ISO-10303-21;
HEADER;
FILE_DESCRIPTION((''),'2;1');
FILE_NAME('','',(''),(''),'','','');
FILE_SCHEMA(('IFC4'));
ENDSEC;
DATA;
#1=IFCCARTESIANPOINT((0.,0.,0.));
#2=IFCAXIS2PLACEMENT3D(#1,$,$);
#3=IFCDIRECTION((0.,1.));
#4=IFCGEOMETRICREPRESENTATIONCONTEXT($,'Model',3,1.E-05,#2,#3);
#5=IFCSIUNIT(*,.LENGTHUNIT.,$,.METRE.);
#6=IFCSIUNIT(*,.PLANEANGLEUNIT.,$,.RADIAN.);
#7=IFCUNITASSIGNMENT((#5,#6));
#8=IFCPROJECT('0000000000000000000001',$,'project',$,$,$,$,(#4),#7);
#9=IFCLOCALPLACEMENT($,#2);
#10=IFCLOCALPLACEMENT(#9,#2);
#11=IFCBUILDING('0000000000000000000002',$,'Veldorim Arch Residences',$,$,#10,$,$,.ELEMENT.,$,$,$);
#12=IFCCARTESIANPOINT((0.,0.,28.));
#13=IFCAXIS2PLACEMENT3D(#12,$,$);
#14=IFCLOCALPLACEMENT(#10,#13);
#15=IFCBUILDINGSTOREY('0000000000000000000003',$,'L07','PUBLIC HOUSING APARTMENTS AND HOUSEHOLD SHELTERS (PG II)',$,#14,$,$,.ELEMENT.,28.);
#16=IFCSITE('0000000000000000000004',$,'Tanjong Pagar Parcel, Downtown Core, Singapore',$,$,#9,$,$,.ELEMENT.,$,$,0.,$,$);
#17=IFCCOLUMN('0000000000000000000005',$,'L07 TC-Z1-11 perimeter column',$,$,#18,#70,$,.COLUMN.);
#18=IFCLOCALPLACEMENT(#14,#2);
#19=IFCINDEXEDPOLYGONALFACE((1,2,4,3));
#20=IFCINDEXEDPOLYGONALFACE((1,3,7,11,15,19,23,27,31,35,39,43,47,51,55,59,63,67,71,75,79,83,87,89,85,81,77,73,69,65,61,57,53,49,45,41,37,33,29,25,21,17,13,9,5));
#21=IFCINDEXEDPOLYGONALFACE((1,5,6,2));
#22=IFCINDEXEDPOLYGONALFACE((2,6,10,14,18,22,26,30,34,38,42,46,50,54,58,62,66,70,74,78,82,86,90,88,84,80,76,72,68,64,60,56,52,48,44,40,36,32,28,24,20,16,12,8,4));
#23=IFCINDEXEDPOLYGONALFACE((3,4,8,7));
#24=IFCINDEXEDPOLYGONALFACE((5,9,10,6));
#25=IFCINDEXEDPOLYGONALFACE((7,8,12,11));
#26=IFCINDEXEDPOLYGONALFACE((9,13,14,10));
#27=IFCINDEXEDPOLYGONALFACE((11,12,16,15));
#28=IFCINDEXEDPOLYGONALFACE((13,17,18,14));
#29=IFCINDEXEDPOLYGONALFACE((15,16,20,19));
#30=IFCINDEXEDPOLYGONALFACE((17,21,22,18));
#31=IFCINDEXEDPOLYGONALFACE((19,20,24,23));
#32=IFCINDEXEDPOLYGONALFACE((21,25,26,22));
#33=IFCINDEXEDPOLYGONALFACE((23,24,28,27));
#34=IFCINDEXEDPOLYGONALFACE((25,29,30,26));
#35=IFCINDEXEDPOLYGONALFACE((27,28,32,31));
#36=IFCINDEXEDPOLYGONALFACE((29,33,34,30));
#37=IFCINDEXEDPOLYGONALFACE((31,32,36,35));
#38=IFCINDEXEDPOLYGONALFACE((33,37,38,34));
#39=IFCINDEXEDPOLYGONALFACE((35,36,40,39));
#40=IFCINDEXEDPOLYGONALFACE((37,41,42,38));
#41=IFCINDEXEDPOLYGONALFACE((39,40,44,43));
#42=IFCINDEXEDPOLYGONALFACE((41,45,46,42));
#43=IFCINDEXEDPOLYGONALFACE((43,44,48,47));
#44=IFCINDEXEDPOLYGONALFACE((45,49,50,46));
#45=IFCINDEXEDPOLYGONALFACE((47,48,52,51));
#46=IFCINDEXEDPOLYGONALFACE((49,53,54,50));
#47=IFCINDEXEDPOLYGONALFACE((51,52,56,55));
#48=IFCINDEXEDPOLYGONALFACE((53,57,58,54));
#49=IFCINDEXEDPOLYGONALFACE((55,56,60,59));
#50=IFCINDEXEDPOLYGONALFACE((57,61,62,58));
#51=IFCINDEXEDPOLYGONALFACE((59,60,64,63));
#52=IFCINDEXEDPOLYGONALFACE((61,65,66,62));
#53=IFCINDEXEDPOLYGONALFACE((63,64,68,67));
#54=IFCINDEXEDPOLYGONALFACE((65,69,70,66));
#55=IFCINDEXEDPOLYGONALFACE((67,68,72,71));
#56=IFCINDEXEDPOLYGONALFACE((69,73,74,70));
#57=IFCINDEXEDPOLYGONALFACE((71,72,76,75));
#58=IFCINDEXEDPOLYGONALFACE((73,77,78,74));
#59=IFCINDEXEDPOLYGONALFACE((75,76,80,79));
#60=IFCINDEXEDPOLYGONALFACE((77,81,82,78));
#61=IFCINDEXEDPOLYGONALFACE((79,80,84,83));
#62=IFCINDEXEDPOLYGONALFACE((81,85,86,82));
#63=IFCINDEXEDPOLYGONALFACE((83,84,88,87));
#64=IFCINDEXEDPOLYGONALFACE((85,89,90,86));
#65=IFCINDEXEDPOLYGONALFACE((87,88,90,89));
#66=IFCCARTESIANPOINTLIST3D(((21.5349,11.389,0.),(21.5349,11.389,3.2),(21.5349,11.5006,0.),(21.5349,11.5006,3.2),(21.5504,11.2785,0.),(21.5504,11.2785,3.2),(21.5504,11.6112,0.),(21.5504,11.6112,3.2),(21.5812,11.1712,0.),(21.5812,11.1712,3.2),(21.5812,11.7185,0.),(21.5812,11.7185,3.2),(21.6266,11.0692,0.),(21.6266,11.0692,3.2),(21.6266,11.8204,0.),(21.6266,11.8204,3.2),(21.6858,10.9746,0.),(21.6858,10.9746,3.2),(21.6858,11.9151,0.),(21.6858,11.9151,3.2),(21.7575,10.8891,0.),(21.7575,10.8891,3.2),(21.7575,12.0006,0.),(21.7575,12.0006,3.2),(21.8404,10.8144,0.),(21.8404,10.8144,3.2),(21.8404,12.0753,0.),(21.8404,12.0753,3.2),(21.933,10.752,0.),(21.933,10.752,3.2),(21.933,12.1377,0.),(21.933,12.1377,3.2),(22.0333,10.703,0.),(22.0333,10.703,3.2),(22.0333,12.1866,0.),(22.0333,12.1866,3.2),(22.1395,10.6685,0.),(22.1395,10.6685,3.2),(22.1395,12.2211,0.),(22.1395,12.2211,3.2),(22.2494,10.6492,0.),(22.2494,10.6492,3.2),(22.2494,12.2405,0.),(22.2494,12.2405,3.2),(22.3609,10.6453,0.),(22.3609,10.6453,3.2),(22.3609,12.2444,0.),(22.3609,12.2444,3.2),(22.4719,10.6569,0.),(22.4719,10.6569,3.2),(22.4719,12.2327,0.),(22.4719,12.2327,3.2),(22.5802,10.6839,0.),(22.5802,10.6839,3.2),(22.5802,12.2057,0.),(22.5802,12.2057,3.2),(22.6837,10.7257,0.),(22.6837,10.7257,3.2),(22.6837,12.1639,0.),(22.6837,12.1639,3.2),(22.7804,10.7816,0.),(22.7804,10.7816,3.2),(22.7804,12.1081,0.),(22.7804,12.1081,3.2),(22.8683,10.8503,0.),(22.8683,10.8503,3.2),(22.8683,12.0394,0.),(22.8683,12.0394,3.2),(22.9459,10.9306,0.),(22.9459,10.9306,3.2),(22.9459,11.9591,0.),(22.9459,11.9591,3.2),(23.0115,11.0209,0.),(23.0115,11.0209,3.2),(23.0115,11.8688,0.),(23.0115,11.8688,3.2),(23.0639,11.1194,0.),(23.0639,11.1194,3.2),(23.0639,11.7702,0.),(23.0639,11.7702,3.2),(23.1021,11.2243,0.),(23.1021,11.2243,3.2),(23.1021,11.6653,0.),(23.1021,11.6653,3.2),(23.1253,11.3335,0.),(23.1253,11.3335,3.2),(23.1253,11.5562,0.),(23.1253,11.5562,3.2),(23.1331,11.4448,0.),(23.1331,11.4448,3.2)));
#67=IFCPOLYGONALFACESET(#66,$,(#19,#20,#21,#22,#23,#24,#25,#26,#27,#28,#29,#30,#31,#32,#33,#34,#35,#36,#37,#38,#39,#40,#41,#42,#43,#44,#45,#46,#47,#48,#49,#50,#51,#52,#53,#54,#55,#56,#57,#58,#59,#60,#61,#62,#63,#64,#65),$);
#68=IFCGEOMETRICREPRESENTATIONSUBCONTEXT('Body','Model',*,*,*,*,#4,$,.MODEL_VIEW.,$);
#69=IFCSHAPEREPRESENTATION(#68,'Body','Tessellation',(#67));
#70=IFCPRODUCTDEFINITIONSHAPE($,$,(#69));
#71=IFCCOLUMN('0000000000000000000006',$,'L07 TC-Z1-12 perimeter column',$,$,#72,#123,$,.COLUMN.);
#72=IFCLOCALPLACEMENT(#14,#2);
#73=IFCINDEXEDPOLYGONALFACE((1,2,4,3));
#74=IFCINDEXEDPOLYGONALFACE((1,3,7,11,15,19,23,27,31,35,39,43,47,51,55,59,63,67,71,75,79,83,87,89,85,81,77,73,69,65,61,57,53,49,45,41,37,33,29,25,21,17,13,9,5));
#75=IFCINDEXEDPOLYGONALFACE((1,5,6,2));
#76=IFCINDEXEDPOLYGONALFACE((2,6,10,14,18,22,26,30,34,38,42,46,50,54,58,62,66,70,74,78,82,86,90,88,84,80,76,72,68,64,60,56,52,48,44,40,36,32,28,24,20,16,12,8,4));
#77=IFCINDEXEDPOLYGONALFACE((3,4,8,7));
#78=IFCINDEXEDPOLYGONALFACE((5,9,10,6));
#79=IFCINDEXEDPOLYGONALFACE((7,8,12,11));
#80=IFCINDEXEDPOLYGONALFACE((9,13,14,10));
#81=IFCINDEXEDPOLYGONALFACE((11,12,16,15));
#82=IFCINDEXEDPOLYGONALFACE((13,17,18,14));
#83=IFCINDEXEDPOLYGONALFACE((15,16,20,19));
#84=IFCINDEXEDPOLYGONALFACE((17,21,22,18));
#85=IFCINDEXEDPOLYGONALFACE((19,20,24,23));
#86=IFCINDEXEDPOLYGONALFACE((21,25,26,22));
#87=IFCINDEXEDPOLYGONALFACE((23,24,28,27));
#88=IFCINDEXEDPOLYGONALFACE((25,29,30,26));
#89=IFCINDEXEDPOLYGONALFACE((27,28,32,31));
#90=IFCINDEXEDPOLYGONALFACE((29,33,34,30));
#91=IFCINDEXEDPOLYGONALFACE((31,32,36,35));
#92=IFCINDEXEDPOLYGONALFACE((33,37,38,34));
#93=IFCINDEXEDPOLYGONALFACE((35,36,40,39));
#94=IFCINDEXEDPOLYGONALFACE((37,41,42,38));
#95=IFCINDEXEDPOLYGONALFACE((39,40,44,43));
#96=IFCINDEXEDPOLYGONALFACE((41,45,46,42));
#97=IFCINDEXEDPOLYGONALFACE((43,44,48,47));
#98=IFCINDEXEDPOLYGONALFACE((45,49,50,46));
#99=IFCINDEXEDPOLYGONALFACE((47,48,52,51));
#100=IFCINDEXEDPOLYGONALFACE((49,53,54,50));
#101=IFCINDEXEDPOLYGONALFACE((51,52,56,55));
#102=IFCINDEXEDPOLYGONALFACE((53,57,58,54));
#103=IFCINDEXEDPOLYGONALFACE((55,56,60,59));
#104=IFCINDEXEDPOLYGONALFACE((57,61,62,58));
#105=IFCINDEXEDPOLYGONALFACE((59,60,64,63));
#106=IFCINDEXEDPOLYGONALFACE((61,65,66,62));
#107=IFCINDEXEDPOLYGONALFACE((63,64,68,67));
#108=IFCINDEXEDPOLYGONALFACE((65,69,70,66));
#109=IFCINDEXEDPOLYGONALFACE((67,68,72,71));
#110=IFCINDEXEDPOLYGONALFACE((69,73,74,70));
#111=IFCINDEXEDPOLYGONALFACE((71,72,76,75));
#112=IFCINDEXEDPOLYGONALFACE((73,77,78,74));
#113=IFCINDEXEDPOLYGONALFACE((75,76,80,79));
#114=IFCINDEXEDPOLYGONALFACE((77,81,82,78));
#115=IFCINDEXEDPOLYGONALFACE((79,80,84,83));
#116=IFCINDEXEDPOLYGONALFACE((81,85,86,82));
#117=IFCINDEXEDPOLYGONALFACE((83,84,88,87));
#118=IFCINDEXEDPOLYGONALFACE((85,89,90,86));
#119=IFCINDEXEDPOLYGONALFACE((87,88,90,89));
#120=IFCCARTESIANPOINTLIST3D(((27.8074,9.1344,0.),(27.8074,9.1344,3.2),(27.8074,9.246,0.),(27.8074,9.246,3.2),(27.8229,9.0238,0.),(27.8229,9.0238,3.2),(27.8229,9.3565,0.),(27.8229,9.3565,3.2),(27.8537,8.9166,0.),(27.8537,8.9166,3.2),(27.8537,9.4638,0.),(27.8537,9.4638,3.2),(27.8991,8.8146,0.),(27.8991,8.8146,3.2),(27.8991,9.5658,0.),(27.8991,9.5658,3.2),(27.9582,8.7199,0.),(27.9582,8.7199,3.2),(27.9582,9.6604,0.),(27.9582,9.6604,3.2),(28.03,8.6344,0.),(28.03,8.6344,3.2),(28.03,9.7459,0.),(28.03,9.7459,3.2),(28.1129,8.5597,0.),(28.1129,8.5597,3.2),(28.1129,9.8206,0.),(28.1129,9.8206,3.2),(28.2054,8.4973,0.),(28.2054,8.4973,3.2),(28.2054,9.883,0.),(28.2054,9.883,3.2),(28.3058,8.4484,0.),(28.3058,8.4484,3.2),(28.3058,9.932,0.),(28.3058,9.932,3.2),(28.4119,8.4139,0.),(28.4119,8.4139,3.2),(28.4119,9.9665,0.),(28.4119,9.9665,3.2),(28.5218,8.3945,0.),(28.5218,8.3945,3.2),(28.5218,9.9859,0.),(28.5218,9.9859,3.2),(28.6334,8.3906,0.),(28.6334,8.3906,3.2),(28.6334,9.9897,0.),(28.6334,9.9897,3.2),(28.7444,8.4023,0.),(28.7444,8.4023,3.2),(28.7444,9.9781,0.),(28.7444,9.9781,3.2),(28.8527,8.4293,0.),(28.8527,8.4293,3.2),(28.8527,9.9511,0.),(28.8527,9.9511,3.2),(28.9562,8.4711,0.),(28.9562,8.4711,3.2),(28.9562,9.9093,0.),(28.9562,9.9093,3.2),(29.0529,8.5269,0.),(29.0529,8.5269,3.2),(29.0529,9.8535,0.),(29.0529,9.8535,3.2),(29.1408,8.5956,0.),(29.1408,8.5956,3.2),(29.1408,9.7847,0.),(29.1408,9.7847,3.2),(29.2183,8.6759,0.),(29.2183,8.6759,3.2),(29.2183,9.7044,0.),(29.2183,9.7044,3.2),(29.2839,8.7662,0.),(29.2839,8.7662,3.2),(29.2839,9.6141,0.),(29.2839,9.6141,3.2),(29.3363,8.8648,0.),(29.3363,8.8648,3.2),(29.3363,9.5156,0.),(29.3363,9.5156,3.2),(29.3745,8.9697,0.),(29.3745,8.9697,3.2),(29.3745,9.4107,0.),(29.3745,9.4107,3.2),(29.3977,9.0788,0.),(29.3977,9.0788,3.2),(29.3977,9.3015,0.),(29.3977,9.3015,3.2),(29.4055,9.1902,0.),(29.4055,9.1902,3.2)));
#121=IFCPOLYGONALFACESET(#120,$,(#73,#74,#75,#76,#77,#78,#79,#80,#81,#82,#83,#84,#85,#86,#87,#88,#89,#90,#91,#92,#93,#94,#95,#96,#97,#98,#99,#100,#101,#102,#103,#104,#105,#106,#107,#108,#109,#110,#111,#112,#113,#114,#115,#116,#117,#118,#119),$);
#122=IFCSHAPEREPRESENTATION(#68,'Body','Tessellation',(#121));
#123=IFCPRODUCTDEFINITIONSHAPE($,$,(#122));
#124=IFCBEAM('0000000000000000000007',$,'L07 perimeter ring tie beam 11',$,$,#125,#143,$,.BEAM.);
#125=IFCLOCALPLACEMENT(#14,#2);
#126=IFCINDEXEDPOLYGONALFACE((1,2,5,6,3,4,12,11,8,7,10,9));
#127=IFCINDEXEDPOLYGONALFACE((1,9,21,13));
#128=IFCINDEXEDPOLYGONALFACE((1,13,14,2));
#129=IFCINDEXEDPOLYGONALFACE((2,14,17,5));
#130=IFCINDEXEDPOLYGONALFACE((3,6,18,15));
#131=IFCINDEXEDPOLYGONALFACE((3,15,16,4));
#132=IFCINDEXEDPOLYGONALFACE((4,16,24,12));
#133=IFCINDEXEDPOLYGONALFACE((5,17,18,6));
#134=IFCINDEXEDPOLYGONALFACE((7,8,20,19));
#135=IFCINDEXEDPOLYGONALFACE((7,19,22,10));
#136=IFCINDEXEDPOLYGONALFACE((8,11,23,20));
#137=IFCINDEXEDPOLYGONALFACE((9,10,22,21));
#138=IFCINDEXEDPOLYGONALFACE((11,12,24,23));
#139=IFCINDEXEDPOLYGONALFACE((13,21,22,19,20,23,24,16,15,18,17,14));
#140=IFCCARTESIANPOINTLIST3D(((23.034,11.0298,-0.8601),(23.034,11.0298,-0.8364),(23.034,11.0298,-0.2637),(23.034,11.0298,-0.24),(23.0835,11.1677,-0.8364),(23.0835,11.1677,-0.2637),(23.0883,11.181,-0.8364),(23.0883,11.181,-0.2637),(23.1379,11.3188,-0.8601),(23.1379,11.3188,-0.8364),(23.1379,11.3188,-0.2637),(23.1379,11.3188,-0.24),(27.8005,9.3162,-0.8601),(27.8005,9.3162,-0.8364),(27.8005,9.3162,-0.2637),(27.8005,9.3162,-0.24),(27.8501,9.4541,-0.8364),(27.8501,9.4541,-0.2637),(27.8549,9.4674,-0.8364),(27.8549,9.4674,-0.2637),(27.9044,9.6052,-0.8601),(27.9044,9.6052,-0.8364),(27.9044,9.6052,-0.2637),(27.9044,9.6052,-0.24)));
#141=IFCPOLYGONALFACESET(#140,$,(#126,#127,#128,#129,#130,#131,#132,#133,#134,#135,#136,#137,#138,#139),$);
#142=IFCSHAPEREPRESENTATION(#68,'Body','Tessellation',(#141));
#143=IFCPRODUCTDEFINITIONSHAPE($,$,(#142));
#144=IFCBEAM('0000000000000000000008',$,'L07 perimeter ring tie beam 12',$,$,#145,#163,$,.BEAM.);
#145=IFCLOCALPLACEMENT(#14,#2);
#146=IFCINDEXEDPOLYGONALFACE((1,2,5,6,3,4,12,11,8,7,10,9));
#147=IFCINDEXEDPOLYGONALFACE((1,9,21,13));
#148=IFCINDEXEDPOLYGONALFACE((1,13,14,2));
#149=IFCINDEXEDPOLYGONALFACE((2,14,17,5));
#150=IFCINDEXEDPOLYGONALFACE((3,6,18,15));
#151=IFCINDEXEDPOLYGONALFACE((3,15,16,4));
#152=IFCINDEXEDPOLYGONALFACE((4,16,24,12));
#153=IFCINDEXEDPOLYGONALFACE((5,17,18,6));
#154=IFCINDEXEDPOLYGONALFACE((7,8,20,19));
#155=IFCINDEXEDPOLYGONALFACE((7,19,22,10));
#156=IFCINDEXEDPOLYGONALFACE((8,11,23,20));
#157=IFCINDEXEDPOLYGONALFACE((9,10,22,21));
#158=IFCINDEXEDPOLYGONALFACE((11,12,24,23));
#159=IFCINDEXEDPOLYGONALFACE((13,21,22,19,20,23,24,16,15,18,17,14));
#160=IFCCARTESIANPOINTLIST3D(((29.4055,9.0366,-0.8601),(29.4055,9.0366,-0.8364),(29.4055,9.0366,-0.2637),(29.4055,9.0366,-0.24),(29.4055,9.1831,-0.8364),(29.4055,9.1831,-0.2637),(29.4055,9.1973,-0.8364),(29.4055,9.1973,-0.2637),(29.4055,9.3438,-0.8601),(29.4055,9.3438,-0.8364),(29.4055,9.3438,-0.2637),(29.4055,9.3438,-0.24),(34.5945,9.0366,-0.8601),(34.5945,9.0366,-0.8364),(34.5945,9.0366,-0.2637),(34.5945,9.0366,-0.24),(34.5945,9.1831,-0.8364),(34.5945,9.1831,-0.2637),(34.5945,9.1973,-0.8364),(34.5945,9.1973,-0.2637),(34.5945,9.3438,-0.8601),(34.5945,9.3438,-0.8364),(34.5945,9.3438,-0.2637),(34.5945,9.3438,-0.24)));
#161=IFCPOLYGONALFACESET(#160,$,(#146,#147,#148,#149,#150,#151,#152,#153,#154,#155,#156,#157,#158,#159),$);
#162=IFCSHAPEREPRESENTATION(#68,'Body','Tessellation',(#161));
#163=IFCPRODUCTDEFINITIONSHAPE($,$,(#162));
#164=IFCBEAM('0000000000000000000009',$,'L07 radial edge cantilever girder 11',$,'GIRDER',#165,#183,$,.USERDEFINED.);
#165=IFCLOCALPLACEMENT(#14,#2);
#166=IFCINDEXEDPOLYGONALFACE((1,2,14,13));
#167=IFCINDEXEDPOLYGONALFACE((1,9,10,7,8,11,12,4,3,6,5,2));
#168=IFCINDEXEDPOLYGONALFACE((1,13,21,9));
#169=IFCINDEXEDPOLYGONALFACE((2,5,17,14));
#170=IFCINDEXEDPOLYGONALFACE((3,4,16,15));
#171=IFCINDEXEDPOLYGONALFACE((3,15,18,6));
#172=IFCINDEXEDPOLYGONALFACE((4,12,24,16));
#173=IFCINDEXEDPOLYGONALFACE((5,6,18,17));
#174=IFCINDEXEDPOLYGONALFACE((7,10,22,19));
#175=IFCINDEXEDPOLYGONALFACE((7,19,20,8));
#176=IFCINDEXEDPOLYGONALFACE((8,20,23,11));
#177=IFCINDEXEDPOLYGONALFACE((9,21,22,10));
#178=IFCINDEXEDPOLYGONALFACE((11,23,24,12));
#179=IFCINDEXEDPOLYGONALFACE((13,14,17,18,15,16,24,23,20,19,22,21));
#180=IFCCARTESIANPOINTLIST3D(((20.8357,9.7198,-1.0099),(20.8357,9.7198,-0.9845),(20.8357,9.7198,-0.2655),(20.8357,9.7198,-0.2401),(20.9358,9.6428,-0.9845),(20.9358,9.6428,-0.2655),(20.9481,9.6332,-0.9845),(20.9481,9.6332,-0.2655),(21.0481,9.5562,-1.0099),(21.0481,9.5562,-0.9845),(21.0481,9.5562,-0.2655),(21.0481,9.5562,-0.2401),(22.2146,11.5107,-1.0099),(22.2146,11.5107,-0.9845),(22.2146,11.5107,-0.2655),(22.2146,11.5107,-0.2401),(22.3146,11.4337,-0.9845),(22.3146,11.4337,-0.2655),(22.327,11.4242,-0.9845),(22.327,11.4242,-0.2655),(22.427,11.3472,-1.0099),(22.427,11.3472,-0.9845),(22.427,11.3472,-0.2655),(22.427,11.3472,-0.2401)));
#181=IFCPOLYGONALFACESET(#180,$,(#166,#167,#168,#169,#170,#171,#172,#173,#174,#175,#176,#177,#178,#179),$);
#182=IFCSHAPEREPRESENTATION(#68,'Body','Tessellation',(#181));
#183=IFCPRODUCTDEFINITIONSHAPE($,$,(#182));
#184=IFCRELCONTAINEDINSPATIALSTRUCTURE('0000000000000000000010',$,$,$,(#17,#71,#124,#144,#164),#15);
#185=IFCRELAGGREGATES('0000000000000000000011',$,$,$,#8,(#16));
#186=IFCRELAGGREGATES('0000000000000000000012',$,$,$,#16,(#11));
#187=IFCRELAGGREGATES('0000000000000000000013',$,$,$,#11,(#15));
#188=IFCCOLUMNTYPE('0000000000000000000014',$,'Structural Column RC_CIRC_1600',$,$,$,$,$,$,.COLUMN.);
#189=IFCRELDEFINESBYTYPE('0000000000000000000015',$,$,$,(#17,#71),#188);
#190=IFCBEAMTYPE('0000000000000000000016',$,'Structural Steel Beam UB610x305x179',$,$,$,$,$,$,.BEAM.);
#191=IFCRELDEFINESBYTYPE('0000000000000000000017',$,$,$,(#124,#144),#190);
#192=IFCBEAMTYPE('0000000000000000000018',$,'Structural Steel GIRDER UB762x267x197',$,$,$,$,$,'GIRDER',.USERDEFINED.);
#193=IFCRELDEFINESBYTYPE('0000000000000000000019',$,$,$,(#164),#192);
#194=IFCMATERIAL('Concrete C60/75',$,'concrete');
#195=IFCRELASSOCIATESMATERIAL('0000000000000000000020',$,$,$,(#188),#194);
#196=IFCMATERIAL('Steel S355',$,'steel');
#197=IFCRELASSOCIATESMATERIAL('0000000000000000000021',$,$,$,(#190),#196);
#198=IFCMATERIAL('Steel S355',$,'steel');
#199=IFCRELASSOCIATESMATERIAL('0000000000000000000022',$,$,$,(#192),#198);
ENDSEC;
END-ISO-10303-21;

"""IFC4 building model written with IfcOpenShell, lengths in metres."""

from ifc_helpers import new_model, si_unit, direction, frame, origin, origin_2d, place, context, subcontext, project, spatial, circle, i_section, extrude, material, material_profile, profile_set, type_object, element, save


model = new_model("IFC4")

# Units and contexts
model_context = context("Model", 3, precision=1e-05, world=origin(), true_north=direction((0.0, 1.0)))
body_context = subcontext(model_context, "Body", "Model", "MODEL_VIEW")
ifc_project = project(units=[si_unit("LENGTHUNIT", "METRE"), si_unit("PLANEANGLEUNIT", "RADIAN")], contexts=[model_context])

# Site, building, storey
site_placement = place(None, origin())
site = spatial("IfcSite", under=ifc_project, at=site_placement, Name="Tanjong Pagar Parcel, Downtown Core, Singapore", CompositionType="ELEMENT", RefElevation=0.0)
building_placement = place(site_placement, origin())
building = spatial("IfcBuilding", under=site, at=building_placement, Name="Veldorim Arch Residences", CompositionType="ELEMENT")
storey_placement = place(building_placement, frame((0.0, 0.0, 28.0)))
storey = spatial("IfcBuildingStorey", under=building, at=storey_placement, Name="L07", Description="PUBLIC HOUSING APARTMENTS AND HOUSEHOLD SHELTERS (PG II)", CompositionType="ELEMENT", Elevation=28.0)

# Columns
ifc_material_1 = material(Name="Concrete C60/75", Category="concrete")
ifc_material_profile_1 = material_profile(ifc_material_1, circle(Radius=0.8, at=origin_2d()), Name="RC_CIRC_1600")
ifc_profile_set_1 = profile_set([ifc_material_profile_1], Name="Concrete C60/75")
column_type = type_object("IfcColumnType", Name="Structural Column RC_CIRC_1600", PredefinedType="COLUMN", material=ifc_profile_set_1)
for number, where, z_axis, x_axis, name in (
    (1, (22.333, 11.4448, 0.0), (0.0, 0.0, 1.0), (1.0, 0.0, 0.0), "L07 TC-Z1-11 perimeter column"),
    (2, (28.6055, 9.1902, 0.0), (0.0, 0.0, 1.0), (1.0, 0.0, 0.0), "L07 TC-Z1-12 perimeter column"),
):
    element("IfcColumn", number, at=place(storey_placement, frame(where, z_axis=z_axis, x_axis=x_axis)), inside=storey, type_object=column_type, Name=name, PredefinedType="COLUMN", context=body_context, shape_type="SweptSolid", body=[
        extrude(circle(Radius=0.8, at=origin_2d()), origin(), (0.0, 0.0, 1.0), 3.2),
    ])

# Beams
ifc_material_2 = material(Name="Steel S355", Category="steel")
ifc_material_profile_2 = material_profile(ifc_material_2, i_section(OverallWidth=0.3071, OverallDepth=0.6201, WebThickness=0.0142, FlangeThickness=0.0237, at=origin_2d()), Name="UB610x305x179")
ifc_profile_set_2 = profile_set([ifc_material_profile_2], Name="Steel S355")
beam_type_1 = type_object("IfcBeamType", Name="Structural Steel Beam UB610x305x179", PredefinedType="BEAM", material=ifc_profile_set_2)
beam_1_placement = place(storey_placement, frame((23.0859, 11.1743, -0.55), z_axis=(0.941035, -0.338308, 0.0), x_axis=(0.338308, 0.941035, 0.0)))
element("IfcBeam", 3, at=beam_1_placement, inside=storey, type_object=beam_type_1, Name="L07 perimeter ring tie beam 11", PredefinedType="BEAM", context=body_context, shape_type="SweptSolid", body=[
    extrude(i_section(OverallWidth=0.3071, OverallDepth=0.6201, WebThickness=0.0142, FlangeThickness=0.0237, at=origin_2d()), origin(), (0.0, 0.0, 1.0), 5.0652),
])
beam_2_placement = place(storey_placement, frame((29.4055, 9.1902, -0.55), z_axis=(1.0, 0.0, 0.0), x_axis=(0.0, 1.0, 0.0)))
element("IfcBeam", 4, at=beam_2_placement, inside=storey, type_object=beam_type_1, Name="L07 perimeter ring tie beam 12", PredefinedType="BEAM", context=body_context, shape_type="SweptSolid", body=[
    extrude(i_section(OverallWidth=0.3071, OverallDepth=0.6201, WebThickness=0.0142, FlangeThickness=0.0237, at=origin_2d()), origin(), (0.0, 0.0, 1.0), 5.189),
])
ifc_material_3 = material(Name="Steel S355", Category="steel")
ifc_material_profile_3 = material_profile(ifc_material_3, i_section(OverallWidth=0.2681, OverallDepth=0.7698, WebThickness=0.0156, FlangeThickness=0.0254, at=origin_2d()), Name="UB762x267x197")
ifc_profile_set_3 = profile_set([ifc_material_profile_3], Name="Steel S355")
beam_type_2 = type_object("IfcBeamType", Name="Structural Steel GIRDER UB762x267x197", ElementType="GIRDER", PredefinedType="USERDEFINED", material=ifc_profile_set_3)
beam_3_placement = place(storey_placement, frame((22.3208, 11.429, -0.625), z_axis=(-0.610045, -0.792367, 0.0), x_axis=(0.792367, -0.610045, 0.0)))
element("IfcBeam", 5, at=beam_3_placement, inside=storey, type_object=beam_type_2, Name="L07 radial edge cantilever girder 11", ObjectType="GIRDER", PredefinedType="USERDEFINED", context=body_context, shape_type="SweptSolid", body=[
    extrude(i_section(OverallWidth=0.2681, OverallDepth=0.7698, WebThickness=0.0156, FlangeThickness=0.0254, at=origin_2d()), origin(), (0.0, 0.0, 1.0), 2.2603),
])

save(model, "model.ifc")
